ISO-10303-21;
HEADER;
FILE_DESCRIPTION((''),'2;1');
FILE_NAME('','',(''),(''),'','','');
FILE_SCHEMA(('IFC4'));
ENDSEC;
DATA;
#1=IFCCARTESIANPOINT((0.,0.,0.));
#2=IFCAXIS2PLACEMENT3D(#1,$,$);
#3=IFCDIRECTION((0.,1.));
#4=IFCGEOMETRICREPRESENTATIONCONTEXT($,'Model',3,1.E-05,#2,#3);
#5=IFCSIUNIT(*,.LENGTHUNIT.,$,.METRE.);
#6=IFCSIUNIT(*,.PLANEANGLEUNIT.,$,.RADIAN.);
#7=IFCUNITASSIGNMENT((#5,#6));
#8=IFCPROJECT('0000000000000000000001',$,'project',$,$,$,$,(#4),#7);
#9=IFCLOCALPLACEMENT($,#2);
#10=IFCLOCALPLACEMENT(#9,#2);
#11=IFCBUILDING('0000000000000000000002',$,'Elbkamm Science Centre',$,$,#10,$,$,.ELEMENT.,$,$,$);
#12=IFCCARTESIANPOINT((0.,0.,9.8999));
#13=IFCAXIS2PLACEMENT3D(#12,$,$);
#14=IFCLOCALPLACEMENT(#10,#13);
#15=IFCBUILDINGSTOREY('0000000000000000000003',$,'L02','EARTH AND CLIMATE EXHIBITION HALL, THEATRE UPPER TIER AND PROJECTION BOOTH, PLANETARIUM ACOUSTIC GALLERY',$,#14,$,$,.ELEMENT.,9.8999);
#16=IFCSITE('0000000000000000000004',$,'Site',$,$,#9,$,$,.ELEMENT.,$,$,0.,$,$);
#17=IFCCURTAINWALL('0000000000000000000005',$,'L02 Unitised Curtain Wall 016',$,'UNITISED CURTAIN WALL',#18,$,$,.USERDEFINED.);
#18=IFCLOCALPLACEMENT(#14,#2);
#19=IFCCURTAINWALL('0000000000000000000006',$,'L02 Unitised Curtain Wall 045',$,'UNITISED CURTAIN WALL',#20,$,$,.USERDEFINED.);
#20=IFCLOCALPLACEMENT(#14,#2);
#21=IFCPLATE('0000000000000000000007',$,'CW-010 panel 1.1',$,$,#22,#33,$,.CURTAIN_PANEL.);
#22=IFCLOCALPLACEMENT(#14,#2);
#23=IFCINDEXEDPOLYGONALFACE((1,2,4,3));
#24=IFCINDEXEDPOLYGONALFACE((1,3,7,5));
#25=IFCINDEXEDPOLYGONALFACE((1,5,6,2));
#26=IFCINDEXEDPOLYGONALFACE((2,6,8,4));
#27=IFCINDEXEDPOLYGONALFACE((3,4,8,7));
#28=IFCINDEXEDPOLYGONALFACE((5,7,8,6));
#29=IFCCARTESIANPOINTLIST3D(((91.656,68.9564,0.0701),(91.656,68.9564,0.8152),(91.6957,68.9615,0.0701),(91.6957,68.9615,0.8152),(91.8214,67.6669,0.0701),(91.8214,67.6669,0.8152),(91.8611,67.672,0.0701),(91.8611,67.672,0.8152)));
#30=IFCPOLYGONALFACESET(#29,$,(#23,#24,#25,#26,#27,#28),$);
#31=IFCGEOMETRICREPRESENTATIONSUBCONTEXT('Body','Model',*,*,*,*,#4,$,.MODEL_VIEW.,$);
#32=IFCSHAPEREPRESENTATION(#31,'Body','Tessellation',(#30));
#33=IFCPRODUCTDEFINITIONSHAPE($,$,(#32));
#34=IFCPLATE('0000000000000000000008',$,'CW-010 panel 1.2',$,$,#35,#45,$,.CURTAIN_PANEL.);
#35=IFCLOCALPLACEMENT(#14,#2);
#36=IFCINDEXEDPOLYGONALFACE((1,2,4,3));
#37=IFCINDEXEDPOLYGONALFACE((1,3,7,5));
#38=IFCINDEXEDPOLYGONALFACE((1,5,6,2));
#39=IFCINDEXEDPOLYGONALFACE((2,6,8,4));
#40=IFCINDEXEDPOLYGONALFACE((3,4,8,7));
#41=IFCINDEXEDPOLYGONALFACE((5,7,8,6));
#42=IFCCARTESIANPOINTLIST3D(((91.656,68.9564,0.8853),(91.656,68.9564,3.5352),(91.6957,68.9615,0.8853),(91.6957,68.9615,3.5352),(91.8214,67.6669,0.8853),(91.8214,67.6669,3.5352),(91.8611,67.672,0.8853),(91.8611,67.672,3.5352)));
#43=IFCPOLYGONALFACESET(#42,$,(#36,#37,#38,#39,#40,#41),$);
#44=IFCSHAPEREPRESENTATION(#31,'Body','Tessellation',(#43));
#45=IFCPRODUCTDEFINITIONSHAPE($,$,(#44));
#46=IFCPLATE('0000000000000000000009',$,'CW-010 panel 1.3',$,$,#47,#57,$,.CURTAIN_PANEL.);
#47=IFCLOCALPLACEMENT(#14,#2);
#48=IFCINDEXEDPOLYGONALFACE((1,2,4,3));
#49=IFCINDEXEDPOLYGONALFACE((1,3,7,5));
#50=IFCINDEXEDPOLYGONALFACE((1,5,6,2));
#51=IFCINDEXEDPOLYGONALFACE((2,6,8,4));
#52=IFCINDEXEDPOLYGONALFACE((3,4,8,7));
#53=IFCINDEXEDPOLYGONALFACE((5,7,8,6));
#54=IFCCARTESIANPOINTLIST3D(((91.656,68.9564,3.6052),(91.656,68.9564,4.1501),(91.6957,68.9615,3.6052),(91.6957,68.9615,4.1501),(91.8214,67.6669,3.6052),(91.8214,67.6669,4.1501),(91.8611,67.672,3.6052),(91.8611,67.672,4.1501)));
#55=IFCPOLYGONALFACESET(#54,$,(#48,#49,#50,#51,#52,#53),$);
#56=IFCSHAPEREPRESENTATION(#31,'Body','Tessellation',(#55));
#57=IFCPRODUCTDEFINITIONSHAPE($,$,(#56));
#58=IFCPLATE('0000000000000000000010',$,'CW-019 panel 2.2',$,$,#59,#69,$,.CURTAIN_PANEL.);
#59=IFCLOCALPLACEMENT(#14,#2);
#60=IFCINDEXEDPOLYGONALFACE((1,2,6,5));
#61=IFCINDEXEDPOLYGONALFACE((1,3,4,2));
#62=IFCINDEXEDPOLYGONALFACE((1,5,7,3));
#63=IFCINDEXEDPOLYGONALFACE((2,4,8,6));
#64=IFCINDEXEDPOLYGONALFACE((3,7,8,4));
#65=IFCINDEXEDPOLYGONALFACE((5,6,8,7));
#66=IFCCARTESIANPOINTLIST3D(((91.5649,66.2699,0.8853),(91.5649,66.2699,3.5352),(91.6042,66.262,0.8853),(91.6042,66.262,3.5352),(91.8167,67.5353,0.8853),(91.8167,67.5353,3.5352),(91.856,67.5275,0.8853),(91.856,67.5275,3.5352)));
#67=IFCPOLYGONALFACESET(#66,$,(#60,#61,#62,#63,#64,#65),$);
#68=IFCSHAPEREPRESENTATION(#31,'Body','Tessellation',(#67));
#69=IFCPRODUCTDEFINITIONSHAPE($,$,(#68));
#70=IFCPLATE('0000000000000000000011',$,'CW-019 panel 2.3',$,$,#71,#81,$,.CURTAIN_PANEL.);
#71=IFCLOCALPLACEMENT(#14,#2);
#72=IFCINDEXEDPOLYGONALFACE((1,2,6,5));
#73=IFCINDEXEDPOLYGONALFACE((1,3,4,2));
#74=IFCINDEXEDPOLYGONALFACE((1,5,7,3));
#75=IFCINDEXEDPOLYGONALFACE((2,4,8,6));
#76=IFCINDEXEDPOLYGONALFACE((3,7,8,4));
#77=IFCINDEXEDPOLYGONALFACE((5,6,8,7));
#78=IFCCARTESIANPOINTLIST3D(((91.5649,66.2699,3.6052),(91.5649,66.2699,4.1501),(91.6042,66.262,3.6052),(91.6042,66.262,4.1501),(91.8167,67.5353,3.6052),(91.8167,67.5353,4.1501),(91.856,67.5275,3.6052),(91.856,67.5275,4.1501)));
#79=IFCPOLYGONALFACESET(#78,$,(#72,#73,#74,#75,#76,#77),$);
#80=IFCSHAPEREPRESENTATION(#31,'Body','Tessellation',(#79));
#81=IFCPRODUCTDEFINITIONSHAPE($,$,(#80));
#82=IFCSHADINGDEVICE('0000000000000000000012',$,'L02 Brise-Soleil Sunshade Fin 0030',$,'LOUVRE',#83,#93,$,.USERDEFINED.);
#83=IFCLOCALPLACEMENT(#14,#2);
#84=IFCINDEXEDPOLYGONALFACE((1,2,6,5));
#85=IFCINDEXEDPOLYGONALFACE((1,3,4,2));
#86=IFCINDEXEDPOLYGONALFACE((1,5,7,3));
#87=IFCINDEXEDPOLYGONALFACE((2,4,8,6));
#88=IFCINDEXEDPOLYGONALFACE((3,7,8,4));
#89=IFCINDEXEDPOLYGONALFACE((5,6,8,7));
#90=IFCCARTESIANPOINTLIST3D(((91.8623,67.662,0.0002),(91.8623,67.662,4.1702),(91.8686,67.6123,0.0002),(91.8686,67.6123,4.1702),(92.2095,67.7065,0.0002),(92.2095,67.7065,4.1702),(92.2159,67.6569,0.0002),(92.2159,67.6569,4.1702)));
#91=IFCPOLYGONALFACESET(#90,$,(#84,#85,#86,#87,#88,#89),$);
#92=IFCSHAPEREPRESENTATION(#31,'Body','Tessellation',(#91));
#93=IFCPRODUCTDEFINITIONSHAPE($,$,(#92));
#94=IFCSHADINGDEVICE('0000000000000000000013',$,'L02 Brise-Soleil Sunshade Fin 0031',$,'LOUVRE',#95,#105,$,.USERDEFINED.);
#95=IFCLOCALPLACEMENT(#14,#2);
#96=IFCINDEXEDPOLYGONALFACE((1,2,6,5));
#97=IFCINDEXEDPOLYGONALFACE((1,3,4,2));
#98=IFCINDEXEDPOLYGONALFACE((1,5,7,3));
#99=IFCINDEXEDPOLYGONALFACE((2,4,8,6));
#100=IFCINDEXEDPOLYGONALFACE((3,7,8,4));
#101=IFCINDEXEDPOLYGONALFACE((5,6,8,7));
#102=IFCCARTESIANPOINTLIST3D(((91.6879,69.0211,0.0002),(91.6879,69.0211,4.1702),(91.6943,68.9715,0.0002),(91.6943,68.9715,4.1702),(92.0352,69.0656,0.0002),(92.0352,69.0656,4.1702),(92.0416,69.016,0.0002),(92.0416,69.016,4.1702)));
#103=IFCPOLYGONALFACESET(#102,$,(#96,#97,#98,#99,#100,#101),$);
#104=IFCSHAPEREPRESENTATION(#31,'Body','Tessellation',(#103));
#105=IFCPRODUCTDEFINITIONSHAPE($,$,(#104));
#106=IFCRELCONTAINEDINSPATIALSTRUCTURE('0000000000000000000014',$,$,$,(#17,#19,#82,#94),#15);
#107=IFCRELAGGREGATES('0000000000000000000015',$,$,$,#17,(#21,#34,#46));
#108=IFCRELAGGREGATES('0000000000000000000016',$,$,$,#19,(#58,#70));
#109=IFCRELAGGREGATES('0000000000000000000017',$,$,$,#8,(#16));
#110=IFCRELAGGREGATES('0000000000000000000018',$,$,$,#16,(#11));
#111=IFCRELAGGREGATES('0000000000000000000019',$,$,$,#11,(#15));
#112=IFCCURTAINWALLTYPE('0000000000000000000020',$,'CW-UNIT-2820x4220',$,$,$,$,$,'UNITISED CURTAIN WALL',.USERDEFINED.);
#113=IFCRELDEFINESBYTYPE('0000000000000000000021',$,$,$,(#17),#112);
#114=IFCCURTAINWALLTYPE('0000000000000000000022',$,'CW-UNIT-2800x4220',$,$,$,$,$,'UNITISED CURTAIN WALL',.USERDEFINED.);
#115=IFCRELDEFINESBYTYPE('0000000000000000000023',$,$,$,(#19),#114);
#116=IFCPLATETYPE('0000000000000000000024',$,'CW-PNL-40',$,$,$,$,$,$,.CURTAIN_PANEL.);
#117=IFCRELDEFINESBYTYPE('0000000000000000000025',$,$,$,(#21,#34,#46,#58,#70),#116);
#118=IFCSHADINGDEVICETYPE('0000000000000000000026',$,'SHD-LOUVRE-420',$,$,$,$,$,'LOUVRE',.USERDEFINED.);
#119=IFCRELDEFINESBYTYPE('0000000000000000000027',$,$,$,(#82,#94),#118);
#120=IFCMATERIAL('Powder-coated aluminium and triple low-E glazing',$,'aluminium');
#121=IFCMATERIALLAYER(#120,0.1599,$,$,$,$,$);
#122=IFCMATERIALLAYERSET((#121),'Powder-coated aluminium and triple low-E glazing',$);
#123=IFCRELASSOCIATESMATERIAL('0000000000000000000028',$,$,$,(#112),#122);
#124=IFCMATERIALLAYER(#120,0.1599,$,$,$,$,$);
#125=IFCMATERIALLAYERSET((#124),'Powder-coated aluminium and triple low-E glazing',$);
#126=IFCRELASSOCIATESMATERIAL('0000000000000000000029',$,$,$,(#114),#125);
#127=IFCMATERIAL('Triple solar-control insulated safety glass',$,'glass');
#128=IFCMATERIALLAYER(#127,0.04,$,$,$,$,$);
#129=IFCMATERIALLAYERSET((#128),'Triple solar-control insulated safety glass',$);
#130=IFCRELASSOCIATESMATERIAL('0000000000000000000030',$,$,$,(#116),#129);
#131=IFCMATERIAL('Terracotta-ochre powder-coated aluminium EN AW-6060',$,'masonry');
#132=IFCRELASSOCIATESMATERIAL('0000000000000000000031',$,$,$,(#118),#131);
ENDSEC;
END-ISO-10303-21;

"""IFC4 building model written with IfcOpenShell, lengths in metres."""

from ifc_helpers import new_model, si_unit, direction, frame, origin, origin_2d, place, context, subcontext, project, spatial, rectangle, extrude, material, layer, layer_set, type_object, element, aggregate, save


model = new_model("IFC4")

# Units and contexts
model_context = context("Model", 3, precision=1e-05, world=origin(), true_north=direction((0.0, 1.0)))
body_context = subcontext(model_context, "Body", "Model", "MODEL_VIEW")
ifc_project = project(units=[si_unit("LENGTHUNIT", "METRE"), si_unit("PLANEANGLEUNIT", "RADIAN")], contexts=[model_context])

# Site, building, storey
site_placement = place(None, origin())
site = spatial("IfcSite", under=ifc_project, at=site_placement, Name="Site", CompositionType="ELEMENT", RefElevation=0.0)
building_placement = place(site_placement, origin())
building = spatial("IfcBuilding", under=site, at=building_placement, Name="Elbkamm Science Centre", CompositionType="ELEMENT")
storey_placement = place(building_placement, frame((0.0, 0.0, 9.8999)))
storey = spatial("IfcBuildingStorey", under=building, at=storey_placement, Name="L02", Description="EARTH AND CLIMATE EXHIBITION HALL, THEATRE UPPER TIER AND PROJECTION BOOTH, PLANETARIUM ACOUSTIC GALLERY", CompositionType="ELEMENT", Elevation=9.8999)

# Curtain walls
ifc_material_1 = material(Name="Powder-coated aluminium and triple low-E glazing", Category="aluminium")
ifc_layer_1 = layer(ifc_material_1, 0.1599)
ifc_layer_set_1 = layer_set([ifc_layer_1], Name="Powder-coated aluminium and triple low-E glazing")
curtain_wall_type_1 = type_object("IfcCurtainWallType", Name="CW-UNIT-2820x4220", ElementType="UNITISED CURTAIN WALL", PredefinedType="USERDEFINED", material=ifc_layer_set_1)
curtain_wall_1_placement = place(storey_placement, origin())
curtain_wall_1 = element("IfcCurtainWall", 1, at=curtain_wall_1_placement, inside=storey, type_object=curtain_wall_type_1, Name="L02 Unitised Curtain Wall 016", ObjectType="UNITISED CURTAIN WALL", PredefinedType="USERDEFINED")
ifc_layer_2 = layer(ifc_material_1, 0.1599)
ifc_layer_set_2 = layer_set([ifc_layer_2], Name="Powder-coated aluminium and triple low-E glazing")
curtain_wall_type_2 = type_object("IfcCurtainWallType", Name="CW-UNIT-2800x4220", ElementType="UNITISED CURTAIN WALL", PredefinedType="USERDEFINED", material=ifc_layer_set_2)
curtain_wall_2_placement = place(storey_placement, origin())
curtain_wall_2 = element("IfcCurtainWall", 2, at=curtain_wall_2_placement, inside=storey, type_object=curtain_wall_type_2, Name="L02 Unitised Curtain Wall 045", ObjectType="UNITISED CURTAIN WALL", PredefinedType="USERDEFINED")

# Plates
ifc_material_2 = material(Name="Triple solar-control insulated safety glass", Category="glass")
ifc_layer_3 = layer(ifc_material_2, 0.04)
ifc_layer_set_3 = layer_set([ifc_layer_3], Name="Triple solar-control insulated safety glass")
plate_type = type_object("IfcPlateType", Name="CW-PNL-40", PredefinedType="CURTAIN_PANEL", material=ifc_layer_set_3)
plate_1_placement = place(storey_placement, frame((91.7585, 68.3142, 0.0701), z_axis=(0.0, 0.0, 1.0), x_axis=(-0.127174, 0.99188, 0.0)))
plate_1 = element("IfcPlate", 3, at=plate_1_placement, type_object=plate_type, Name="CW-010 panel 1.1", PredefinedType="CURTAIN_PANEL", context=body_context, shape_type="SweptSolid", body=[
    extrude(rectangle(XDim=1.3, YDim=0.04, at=origin_2d()), origin(), (0.0, 0.0, 1.0), 0.7451),
])
plate_2_placement = place(storey_placement, frame((91.7585, 68.3142, 0.8853), z_axis=(0.0, 0.0, 1.0), x_axis=(-0.127174, 0.99188, 0.0)))
plate_2 = element("IfcPlate", 4, at=plate_2_placement, type_object=plate_type, Name="CW-010 panel 1.2", PredefinedType="CURTAIN_PANEL", context=body_context, shape_type="SweptSolid", body=[
    extrude(rectangle(XDim=1.3, YDim=0.04, at=origin_2d()), origin(), (0.0, 0.0, 1.0), 2.6499),
])
plate_3_placement = place(storey_placement, frame((91.7585, 68.3142, 3.6052), z_axis=(0.0, 0.0, 1.0), x_axis=(-0.127174, 0.99188, 0.0)))
plate_3 = element("IfcPlate", 5, at=plate_3_placement, type_object=plate_type, Name="CW-010 panel 1.3", PredefinedType="CURTAIN_PANEL", context=body_context, shape_type="SweptSolid", body=[
    extrude(rectangle(XDim=1.3, YDim=0.04, at=origin_2d()), origin(), (0.0, 0.0, 1.0), 0.5449),
])
aggregate(curtain_wall_1, [plate_1, plate_2, plate_3])
plate_4_placement = place(storey_placement, frame((91.7104, 66.8987, 0.8853), z_axis=(0.0, 0.0, 1.0), x_axis=(0.195151, 0.980773, 0.0)))
plate_4 = element("IfcPlate", 6, at=plate_4_placement, type_object=plate_type, Name="CW-019 panel 2.2", PredefinedType="CURTAIN_PANEL", context=body_context, shape_type="SweptSolid", body=[
    extrude(rectangle(XDim=1.2903, YDim=0.04, at=origin_2d()), origin(), (0.0, 0.0, 1.0), 2.6499),
])
plate_5_placement = place(storey_placement, frame((91.7104, 66.8987, 3.6052), z_axis=(0.0, 0.0, 1.0), x_axis=(0.195151, 0.980773, 0.0)))
plate_5 = element("IfcPlate", 7, at=plate_5_placement, type_object=plate_type, Name="CW-019 panel 2.3", PredefinedType="CURTAIN_PANEL", context=body_context, shape_type="SweptSolid", body=[
    extrude(rectangle(XDim=1.2903, YDim=0.04, at=origin_2d()), origin(), (0.0, 0.0, 1.0), 0.5449),
])
aggregate(curtain_wall_2, [plate_4, plate_5])

# Shading devices
ifc_material_3 = material(Name="Terracotta-ochre powder-coated aluminium EN AW-6060", Category="masonry")
shading_device_type = type_object("IfcShadingDeviceType", Name="SHD-LOUVRE-420", ElementType="LOUVRE", PredefinedType="USERDEFINED", material=ifc_material_3)
for number, where, z_axis, x_axis, name in (
    (8, (92.0391, 67.6594, 0.0002), (0.0, 0.0, 1.0), (0.99188, 0.127174, 0.0), "L02 Brise-Soleil Sunshade Fin 0030"),
    (9, (91.8647, 69.0186, 0.0002), (0.0, 0.0, 1.0), (0.99188, 0.127174, 0.0), "L02 Brise-Soleil Sunshade Fin 0031"),
):
    element("IfcShadingDevice", number, at=place(storey_placement, frame(where, z_axis=z_axis, x_axis=x_axis)), inside=storey, type_object=shading_device_type, Name=name, ObjectType="LOUVRE", PredefinedType="USERDEFINED", context=body_context, shape_type="SweptSolid", body=[
        extrude(rectangle(XDim=0.3501, YDim=0.05, at=origin_2d()), origin(), (0.0, 0.0, 1.0), 4.1699),
    ])

save(model, "model.ifc")
